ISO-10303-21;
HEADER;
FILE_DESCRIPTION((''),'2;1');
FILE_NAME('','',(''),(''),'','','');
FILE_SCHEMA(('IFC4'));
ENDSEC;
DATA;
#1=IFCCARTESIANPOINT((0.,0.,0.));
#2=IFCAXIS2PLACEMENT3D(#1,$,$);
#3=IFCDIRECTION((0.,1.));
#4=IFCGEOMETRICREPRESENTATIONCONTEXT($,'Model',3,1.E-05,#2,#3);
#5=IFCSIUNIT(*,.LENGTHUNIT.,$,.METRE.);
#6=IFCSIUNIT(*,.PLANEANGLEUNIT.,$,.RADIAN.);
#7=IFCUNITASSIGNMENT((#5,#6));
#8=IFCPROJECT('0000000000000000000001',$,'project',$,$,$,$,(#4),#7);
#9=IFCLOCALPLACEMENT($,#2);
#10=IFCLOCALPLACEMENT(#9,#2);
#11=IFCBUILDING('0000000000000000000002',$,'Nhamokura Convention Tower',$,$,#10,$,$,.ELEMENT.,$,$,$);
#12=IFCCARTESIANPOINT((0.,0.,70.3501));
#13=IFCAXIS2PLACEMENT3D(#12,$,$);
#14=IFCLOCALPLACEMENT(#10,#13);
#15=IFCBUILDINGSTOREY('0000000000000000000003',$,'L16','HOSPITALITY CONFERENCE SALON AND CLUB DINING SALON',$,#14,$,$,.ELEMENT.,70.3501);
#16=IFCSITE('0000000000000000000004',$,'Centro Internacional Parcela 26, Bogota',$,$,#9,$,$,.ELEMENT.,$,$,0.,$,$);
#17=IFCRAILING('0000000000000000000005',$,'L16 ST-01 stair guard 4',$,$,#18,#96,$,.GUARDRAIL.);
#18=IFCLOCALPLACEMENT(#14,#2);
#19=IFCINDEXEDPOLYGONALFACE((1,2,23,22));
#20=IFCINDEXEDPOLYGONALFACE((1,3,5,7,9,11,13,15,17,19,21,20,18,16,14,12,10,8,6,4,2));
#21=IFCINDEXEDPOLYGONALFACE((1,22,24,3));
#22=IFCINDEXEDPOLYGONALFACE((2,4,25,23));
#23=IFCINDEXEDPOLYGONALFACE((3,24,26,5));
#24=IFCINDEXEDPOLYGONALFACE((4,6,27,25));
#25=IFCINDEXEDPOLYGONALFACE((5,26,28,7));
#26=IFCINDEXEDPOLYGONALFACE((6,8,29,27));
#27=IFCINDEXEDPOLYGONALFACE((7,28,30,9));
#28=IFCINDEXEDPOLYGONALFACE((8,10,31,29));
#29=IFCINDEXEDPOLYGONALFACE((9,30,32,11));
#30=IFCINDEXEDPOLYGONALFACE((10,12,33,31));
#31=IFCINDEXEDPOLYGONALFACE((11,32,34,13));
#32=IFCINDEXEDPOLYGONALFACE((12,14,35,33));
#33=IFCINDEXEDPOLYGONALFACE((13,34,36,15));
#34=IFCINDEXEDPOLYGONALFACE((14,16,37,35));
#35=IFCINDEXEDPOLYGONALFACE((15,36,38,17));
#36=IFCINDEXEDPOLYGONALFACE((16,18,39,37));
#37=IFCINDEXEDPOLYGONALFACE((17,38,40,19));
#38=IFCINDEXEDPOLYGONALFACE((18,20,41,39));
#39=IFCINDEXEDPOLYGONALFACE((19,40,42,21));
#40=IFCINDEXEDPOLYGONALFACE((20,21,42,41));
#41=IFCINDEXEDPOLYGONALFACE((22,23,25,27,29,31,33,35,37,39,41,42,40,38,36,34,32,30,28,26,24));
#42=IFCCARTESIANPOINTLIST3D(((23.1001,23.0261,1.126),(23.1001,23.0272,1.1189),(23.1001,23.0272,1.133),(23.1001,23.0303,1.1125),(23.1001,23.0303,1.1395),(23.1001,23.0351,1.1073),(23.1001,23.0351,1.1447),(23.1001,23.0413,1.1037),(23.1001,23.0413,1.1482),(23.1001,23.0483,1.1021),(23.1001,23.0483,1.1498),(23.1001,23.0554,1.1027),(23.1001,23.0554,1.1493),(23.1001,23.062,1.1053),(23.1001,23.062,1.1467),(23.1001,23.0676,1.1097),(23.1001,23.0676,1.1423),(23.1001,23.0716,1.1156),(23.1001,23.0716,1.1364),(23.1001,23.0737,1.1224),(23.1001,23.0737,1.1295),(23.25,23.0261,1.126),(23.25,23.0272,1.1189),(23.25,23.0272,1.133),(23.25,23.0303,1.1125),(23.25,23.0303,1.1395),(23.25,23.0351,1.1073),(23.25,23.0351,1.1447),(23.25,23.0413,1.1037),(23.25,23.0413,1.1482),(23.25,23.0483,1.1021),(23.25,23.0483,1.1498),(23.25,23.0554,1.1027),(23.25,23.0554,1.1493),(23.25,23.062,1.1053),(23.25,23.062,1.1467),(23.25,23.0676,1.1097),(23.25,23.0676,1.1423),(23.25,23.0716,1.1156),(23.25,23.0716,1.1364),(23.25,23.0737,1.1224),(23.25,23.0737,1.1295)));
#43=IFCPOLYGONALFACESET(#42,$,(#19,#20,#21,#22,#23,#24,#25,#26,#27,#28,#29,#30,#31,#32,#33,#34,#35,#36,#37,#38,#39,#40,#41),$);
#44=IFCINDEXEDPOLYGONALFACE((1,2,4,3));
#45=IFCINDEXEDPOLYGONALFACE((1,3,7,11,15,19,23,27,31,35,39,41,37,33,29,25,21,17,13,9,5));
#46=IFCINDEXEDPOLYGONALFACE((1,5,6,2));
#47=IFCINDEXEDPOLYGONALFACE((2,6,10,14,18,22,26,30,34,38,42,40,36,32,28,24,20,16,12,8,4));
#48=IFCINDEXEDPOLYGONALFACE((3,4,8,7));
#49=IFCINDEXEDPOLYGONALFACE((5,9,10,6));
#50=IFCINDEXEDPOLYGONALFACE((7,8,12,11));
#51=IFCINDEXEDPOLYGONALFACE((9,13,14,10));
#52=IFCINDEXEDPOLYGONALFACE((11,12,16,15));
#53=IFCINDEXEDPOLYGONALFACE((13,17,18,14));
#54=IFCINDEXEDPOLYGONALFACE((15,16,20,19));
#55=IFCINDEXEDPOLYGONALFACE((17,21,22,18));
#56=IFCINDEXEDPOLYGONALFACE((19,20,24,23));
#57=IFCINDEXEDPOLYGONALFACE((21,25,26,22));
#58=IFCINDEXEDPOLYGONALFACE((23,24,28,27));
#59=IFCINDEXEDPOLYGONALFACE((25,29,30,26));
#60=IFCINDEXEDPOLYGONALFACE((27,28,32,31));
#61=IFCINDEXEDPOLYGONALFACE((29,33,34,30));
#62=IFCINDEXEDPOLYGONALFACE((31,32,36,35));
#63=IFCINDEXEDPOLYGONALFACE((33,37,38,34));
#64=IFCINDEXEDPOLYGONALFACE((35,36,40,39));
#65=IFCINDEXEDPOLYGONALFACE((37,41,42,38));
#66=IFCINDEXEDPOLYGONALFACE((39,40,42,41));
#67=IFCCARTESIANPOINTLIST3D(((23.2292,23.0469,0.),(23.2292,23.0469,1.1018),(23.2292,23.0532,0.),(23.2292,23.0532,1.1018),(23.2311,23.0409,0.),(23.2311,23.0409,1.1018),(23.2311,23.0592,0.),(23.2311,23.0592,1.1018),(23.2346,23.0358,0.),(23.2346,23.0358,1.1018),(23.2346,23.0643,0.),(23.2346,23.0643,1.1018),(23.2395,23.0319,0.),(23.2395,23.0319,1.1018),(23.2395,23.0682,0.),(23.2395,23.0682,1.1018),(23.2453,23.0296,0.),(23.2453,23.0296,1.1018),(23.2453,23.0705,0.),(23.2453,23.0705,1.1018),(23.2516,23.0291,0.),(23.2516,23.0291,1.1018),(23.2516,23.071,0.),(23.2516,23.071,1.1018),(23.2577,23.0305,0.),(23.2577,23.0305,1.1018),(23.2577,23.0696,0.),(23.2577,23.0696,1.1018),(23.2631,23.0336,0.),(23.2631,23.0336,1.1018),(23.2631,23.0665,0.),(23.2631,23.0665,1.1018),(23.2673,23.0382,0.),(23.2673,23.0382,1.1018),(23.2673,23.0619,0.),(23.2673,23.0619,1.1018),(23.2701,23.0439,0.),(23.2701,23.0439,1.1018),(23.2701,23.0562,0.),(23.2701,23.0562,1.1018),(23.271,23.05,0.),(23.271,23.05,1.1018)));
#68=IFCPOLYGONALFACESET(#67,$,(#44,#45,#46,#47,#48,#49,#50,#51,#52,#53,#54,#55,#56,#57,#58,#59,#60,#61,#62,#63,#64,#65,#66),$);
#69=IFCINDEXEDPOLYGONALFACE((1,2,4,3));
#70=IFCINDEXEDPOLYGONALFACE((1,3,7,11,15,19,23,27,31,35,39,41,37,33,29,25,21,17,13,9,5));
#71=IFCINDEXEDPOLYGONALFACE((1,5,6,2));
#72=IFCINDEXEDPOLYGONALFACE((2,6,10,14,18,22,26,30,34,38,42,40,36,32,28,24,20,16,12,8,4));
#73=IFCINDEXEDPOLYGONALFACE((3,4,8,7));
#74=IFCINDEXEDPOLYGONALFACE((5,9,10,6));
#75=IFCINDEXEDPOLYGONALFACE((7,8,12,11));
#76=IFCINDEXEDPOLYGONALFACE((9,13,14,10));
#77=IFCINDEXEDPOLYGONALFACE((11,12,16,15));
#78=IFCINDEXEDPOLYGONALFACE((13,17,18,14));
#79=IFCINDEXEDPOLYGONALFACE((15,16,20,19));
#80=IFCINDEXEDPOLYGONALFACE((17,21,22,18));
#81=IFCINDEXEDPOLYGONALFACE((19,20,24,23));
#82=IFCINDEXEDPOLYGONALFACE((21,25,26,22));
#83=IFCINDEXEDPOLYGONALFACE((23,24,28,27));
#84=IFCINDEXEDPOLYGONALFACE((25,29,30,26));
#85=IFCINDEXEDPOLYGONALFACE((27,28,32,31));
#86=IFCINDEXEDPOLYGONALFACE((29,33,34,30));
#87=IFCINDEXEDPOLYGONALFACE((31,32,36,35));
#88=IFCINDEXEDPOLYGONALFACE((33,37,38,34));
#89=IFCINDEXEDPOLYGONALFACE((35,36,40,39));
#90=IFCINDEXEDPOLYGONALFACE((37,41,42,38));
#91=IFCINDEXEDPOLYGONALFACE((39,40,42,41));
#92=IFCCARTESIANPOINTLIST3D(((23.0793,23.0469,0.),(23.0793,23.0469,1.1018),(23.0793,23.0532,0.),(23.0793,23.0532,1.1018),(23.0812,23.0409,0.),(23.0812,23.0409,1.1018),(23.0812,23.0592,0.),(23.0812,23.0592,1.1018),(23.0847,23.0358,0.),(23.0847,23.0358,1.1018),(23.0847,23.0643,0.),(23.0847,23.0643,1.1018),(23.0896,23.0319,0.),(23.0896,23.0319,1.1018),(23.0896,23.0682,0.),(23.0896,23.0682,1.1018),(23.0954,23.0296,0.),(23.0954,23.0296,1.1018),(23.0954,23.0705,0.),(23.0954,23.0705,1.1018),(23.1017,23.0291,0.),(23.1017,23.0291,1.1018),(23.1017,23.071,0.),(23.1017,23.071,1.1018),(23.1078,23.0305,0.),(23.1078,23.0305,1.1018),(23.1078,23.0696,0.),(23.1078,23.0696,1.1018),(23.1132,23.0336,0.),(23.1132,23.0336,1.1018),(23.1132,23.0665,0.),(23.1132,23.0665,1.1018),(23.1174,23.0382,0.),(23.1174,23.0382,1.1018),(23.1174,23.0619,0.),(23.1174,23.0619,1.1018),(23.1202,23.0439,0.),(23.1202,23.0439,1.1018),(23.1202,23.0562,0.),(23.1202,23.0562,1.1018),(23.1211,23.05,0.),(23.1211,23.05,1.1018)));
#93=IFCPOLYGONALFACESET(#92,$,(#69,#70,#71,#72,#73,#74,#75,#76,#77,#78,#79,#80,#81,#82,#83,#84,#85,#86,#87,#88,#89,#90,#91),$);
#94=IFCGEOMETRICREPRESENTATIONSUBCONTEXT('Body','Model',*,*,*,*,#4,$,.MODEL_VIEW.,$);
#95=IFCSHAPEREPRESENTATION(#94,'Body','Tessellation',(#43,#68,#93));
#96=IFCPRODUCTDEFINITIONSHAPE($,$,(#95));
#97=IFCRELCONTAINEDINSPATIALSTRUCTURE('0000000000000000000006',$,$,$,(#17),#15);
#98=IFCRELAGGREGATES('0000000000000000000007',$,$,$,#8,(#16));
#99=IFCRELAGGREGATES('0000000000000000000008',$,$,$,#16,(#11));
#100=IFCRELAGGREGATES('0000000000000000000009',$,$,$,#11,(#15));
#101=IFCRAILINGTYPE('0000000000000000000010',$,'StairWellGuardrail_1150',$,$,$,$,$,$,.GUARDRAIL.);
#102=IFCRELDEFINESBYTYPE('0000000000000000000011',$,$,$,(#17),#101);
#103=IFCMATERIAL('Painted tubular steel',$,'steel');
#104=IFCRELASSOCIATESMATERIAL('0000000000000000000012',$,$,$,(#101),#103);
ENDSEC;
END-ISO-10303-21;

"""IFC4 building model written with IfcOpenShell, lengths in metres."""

from ifc_helpers import new_model, si_unit, direction, frame, origin, origin_2d, place, context, subcontext, project, spatial, circle, extrude, material, type_object, element, save


model = new_model("IFC4")

# Units and contexts
model_context = context("Model", 3, precision=1e-05, world=origin(), true_north=direction((0.0, 1.0)))
body_context = subcontext(model_context, "Body", "Model", "MODEL_VIEW")
ifc_project = project(units=[si_unit("LENGTHUNIT", "METRE"), si_unit("PLANEANGLEUNIT", "RADIAN")], contexts=[model_context])

# Site, building, storey
site_placement = place(None, origin())
site = spatial("IfcSite", under=ifc_project, at=site_placement, Name="Centro Internacional Parcela 26, Bogota", CompositionType="ELEMENT", RefElevation=0.0)
building_placement = place(site_placement, origin())
building = spatial("IfcBuilding", under=site, at=building_placement, Name="Nhamokura Convention Tower", CompositionType="ELEMENT")
storey_placement = place(building_placement, frame((0.0, 0.0, 70.3501)))
storey = spatial("IfcBuildingStorey", under=building, at=storey_placement, Name="L16", Description="HOSPITALITY CONFERENCE SALON AND CLUB DINING SALON", CompositionType="ELEMENT", Elevation=70.3501)

# Railing
ifc_material_1 = material(Name="Painted tubular steel", Category="steel")
railing_type_1 = type_object("IfcRailingType", Name="StairWellGuardrail_1150", PredefinedType="GUARDRAIL", material=ifc_material_1)
railing_1_placement = place(storey_placement, frame((23.25, 23.05, 0.0)))
element("IfcRailing", 1, at=railing_1_placement, inside=storey, type_object=railing_type_1, Name="L16 ST-01 stair guard 4", PredefinedType="GUARDRAIL", context=body_context, shape_type="SweptSolid", body=[
    extrude(circle(Radius=0.0239, at=origin_2d()), frame((0.0, 0.0, 1.126), z_axis=(-1.0, 0.0, 0.0), x_axis=(0.0, -1.0, 0.0)), (0.0, 0.0, 1.0), 0.1499),
    extrude(circle(Radius=0.021, at=origin_2d()), origin(), (0.0, 0.0, 1.0), 1.1018),
    extrude(circle(Radius=0.021, at=origin_2d()), frame((-0.1499, 0.0, 0.0)), (0.0, 0.0, 1.0), 1.1018),
])

save(model, "model.ifc")
